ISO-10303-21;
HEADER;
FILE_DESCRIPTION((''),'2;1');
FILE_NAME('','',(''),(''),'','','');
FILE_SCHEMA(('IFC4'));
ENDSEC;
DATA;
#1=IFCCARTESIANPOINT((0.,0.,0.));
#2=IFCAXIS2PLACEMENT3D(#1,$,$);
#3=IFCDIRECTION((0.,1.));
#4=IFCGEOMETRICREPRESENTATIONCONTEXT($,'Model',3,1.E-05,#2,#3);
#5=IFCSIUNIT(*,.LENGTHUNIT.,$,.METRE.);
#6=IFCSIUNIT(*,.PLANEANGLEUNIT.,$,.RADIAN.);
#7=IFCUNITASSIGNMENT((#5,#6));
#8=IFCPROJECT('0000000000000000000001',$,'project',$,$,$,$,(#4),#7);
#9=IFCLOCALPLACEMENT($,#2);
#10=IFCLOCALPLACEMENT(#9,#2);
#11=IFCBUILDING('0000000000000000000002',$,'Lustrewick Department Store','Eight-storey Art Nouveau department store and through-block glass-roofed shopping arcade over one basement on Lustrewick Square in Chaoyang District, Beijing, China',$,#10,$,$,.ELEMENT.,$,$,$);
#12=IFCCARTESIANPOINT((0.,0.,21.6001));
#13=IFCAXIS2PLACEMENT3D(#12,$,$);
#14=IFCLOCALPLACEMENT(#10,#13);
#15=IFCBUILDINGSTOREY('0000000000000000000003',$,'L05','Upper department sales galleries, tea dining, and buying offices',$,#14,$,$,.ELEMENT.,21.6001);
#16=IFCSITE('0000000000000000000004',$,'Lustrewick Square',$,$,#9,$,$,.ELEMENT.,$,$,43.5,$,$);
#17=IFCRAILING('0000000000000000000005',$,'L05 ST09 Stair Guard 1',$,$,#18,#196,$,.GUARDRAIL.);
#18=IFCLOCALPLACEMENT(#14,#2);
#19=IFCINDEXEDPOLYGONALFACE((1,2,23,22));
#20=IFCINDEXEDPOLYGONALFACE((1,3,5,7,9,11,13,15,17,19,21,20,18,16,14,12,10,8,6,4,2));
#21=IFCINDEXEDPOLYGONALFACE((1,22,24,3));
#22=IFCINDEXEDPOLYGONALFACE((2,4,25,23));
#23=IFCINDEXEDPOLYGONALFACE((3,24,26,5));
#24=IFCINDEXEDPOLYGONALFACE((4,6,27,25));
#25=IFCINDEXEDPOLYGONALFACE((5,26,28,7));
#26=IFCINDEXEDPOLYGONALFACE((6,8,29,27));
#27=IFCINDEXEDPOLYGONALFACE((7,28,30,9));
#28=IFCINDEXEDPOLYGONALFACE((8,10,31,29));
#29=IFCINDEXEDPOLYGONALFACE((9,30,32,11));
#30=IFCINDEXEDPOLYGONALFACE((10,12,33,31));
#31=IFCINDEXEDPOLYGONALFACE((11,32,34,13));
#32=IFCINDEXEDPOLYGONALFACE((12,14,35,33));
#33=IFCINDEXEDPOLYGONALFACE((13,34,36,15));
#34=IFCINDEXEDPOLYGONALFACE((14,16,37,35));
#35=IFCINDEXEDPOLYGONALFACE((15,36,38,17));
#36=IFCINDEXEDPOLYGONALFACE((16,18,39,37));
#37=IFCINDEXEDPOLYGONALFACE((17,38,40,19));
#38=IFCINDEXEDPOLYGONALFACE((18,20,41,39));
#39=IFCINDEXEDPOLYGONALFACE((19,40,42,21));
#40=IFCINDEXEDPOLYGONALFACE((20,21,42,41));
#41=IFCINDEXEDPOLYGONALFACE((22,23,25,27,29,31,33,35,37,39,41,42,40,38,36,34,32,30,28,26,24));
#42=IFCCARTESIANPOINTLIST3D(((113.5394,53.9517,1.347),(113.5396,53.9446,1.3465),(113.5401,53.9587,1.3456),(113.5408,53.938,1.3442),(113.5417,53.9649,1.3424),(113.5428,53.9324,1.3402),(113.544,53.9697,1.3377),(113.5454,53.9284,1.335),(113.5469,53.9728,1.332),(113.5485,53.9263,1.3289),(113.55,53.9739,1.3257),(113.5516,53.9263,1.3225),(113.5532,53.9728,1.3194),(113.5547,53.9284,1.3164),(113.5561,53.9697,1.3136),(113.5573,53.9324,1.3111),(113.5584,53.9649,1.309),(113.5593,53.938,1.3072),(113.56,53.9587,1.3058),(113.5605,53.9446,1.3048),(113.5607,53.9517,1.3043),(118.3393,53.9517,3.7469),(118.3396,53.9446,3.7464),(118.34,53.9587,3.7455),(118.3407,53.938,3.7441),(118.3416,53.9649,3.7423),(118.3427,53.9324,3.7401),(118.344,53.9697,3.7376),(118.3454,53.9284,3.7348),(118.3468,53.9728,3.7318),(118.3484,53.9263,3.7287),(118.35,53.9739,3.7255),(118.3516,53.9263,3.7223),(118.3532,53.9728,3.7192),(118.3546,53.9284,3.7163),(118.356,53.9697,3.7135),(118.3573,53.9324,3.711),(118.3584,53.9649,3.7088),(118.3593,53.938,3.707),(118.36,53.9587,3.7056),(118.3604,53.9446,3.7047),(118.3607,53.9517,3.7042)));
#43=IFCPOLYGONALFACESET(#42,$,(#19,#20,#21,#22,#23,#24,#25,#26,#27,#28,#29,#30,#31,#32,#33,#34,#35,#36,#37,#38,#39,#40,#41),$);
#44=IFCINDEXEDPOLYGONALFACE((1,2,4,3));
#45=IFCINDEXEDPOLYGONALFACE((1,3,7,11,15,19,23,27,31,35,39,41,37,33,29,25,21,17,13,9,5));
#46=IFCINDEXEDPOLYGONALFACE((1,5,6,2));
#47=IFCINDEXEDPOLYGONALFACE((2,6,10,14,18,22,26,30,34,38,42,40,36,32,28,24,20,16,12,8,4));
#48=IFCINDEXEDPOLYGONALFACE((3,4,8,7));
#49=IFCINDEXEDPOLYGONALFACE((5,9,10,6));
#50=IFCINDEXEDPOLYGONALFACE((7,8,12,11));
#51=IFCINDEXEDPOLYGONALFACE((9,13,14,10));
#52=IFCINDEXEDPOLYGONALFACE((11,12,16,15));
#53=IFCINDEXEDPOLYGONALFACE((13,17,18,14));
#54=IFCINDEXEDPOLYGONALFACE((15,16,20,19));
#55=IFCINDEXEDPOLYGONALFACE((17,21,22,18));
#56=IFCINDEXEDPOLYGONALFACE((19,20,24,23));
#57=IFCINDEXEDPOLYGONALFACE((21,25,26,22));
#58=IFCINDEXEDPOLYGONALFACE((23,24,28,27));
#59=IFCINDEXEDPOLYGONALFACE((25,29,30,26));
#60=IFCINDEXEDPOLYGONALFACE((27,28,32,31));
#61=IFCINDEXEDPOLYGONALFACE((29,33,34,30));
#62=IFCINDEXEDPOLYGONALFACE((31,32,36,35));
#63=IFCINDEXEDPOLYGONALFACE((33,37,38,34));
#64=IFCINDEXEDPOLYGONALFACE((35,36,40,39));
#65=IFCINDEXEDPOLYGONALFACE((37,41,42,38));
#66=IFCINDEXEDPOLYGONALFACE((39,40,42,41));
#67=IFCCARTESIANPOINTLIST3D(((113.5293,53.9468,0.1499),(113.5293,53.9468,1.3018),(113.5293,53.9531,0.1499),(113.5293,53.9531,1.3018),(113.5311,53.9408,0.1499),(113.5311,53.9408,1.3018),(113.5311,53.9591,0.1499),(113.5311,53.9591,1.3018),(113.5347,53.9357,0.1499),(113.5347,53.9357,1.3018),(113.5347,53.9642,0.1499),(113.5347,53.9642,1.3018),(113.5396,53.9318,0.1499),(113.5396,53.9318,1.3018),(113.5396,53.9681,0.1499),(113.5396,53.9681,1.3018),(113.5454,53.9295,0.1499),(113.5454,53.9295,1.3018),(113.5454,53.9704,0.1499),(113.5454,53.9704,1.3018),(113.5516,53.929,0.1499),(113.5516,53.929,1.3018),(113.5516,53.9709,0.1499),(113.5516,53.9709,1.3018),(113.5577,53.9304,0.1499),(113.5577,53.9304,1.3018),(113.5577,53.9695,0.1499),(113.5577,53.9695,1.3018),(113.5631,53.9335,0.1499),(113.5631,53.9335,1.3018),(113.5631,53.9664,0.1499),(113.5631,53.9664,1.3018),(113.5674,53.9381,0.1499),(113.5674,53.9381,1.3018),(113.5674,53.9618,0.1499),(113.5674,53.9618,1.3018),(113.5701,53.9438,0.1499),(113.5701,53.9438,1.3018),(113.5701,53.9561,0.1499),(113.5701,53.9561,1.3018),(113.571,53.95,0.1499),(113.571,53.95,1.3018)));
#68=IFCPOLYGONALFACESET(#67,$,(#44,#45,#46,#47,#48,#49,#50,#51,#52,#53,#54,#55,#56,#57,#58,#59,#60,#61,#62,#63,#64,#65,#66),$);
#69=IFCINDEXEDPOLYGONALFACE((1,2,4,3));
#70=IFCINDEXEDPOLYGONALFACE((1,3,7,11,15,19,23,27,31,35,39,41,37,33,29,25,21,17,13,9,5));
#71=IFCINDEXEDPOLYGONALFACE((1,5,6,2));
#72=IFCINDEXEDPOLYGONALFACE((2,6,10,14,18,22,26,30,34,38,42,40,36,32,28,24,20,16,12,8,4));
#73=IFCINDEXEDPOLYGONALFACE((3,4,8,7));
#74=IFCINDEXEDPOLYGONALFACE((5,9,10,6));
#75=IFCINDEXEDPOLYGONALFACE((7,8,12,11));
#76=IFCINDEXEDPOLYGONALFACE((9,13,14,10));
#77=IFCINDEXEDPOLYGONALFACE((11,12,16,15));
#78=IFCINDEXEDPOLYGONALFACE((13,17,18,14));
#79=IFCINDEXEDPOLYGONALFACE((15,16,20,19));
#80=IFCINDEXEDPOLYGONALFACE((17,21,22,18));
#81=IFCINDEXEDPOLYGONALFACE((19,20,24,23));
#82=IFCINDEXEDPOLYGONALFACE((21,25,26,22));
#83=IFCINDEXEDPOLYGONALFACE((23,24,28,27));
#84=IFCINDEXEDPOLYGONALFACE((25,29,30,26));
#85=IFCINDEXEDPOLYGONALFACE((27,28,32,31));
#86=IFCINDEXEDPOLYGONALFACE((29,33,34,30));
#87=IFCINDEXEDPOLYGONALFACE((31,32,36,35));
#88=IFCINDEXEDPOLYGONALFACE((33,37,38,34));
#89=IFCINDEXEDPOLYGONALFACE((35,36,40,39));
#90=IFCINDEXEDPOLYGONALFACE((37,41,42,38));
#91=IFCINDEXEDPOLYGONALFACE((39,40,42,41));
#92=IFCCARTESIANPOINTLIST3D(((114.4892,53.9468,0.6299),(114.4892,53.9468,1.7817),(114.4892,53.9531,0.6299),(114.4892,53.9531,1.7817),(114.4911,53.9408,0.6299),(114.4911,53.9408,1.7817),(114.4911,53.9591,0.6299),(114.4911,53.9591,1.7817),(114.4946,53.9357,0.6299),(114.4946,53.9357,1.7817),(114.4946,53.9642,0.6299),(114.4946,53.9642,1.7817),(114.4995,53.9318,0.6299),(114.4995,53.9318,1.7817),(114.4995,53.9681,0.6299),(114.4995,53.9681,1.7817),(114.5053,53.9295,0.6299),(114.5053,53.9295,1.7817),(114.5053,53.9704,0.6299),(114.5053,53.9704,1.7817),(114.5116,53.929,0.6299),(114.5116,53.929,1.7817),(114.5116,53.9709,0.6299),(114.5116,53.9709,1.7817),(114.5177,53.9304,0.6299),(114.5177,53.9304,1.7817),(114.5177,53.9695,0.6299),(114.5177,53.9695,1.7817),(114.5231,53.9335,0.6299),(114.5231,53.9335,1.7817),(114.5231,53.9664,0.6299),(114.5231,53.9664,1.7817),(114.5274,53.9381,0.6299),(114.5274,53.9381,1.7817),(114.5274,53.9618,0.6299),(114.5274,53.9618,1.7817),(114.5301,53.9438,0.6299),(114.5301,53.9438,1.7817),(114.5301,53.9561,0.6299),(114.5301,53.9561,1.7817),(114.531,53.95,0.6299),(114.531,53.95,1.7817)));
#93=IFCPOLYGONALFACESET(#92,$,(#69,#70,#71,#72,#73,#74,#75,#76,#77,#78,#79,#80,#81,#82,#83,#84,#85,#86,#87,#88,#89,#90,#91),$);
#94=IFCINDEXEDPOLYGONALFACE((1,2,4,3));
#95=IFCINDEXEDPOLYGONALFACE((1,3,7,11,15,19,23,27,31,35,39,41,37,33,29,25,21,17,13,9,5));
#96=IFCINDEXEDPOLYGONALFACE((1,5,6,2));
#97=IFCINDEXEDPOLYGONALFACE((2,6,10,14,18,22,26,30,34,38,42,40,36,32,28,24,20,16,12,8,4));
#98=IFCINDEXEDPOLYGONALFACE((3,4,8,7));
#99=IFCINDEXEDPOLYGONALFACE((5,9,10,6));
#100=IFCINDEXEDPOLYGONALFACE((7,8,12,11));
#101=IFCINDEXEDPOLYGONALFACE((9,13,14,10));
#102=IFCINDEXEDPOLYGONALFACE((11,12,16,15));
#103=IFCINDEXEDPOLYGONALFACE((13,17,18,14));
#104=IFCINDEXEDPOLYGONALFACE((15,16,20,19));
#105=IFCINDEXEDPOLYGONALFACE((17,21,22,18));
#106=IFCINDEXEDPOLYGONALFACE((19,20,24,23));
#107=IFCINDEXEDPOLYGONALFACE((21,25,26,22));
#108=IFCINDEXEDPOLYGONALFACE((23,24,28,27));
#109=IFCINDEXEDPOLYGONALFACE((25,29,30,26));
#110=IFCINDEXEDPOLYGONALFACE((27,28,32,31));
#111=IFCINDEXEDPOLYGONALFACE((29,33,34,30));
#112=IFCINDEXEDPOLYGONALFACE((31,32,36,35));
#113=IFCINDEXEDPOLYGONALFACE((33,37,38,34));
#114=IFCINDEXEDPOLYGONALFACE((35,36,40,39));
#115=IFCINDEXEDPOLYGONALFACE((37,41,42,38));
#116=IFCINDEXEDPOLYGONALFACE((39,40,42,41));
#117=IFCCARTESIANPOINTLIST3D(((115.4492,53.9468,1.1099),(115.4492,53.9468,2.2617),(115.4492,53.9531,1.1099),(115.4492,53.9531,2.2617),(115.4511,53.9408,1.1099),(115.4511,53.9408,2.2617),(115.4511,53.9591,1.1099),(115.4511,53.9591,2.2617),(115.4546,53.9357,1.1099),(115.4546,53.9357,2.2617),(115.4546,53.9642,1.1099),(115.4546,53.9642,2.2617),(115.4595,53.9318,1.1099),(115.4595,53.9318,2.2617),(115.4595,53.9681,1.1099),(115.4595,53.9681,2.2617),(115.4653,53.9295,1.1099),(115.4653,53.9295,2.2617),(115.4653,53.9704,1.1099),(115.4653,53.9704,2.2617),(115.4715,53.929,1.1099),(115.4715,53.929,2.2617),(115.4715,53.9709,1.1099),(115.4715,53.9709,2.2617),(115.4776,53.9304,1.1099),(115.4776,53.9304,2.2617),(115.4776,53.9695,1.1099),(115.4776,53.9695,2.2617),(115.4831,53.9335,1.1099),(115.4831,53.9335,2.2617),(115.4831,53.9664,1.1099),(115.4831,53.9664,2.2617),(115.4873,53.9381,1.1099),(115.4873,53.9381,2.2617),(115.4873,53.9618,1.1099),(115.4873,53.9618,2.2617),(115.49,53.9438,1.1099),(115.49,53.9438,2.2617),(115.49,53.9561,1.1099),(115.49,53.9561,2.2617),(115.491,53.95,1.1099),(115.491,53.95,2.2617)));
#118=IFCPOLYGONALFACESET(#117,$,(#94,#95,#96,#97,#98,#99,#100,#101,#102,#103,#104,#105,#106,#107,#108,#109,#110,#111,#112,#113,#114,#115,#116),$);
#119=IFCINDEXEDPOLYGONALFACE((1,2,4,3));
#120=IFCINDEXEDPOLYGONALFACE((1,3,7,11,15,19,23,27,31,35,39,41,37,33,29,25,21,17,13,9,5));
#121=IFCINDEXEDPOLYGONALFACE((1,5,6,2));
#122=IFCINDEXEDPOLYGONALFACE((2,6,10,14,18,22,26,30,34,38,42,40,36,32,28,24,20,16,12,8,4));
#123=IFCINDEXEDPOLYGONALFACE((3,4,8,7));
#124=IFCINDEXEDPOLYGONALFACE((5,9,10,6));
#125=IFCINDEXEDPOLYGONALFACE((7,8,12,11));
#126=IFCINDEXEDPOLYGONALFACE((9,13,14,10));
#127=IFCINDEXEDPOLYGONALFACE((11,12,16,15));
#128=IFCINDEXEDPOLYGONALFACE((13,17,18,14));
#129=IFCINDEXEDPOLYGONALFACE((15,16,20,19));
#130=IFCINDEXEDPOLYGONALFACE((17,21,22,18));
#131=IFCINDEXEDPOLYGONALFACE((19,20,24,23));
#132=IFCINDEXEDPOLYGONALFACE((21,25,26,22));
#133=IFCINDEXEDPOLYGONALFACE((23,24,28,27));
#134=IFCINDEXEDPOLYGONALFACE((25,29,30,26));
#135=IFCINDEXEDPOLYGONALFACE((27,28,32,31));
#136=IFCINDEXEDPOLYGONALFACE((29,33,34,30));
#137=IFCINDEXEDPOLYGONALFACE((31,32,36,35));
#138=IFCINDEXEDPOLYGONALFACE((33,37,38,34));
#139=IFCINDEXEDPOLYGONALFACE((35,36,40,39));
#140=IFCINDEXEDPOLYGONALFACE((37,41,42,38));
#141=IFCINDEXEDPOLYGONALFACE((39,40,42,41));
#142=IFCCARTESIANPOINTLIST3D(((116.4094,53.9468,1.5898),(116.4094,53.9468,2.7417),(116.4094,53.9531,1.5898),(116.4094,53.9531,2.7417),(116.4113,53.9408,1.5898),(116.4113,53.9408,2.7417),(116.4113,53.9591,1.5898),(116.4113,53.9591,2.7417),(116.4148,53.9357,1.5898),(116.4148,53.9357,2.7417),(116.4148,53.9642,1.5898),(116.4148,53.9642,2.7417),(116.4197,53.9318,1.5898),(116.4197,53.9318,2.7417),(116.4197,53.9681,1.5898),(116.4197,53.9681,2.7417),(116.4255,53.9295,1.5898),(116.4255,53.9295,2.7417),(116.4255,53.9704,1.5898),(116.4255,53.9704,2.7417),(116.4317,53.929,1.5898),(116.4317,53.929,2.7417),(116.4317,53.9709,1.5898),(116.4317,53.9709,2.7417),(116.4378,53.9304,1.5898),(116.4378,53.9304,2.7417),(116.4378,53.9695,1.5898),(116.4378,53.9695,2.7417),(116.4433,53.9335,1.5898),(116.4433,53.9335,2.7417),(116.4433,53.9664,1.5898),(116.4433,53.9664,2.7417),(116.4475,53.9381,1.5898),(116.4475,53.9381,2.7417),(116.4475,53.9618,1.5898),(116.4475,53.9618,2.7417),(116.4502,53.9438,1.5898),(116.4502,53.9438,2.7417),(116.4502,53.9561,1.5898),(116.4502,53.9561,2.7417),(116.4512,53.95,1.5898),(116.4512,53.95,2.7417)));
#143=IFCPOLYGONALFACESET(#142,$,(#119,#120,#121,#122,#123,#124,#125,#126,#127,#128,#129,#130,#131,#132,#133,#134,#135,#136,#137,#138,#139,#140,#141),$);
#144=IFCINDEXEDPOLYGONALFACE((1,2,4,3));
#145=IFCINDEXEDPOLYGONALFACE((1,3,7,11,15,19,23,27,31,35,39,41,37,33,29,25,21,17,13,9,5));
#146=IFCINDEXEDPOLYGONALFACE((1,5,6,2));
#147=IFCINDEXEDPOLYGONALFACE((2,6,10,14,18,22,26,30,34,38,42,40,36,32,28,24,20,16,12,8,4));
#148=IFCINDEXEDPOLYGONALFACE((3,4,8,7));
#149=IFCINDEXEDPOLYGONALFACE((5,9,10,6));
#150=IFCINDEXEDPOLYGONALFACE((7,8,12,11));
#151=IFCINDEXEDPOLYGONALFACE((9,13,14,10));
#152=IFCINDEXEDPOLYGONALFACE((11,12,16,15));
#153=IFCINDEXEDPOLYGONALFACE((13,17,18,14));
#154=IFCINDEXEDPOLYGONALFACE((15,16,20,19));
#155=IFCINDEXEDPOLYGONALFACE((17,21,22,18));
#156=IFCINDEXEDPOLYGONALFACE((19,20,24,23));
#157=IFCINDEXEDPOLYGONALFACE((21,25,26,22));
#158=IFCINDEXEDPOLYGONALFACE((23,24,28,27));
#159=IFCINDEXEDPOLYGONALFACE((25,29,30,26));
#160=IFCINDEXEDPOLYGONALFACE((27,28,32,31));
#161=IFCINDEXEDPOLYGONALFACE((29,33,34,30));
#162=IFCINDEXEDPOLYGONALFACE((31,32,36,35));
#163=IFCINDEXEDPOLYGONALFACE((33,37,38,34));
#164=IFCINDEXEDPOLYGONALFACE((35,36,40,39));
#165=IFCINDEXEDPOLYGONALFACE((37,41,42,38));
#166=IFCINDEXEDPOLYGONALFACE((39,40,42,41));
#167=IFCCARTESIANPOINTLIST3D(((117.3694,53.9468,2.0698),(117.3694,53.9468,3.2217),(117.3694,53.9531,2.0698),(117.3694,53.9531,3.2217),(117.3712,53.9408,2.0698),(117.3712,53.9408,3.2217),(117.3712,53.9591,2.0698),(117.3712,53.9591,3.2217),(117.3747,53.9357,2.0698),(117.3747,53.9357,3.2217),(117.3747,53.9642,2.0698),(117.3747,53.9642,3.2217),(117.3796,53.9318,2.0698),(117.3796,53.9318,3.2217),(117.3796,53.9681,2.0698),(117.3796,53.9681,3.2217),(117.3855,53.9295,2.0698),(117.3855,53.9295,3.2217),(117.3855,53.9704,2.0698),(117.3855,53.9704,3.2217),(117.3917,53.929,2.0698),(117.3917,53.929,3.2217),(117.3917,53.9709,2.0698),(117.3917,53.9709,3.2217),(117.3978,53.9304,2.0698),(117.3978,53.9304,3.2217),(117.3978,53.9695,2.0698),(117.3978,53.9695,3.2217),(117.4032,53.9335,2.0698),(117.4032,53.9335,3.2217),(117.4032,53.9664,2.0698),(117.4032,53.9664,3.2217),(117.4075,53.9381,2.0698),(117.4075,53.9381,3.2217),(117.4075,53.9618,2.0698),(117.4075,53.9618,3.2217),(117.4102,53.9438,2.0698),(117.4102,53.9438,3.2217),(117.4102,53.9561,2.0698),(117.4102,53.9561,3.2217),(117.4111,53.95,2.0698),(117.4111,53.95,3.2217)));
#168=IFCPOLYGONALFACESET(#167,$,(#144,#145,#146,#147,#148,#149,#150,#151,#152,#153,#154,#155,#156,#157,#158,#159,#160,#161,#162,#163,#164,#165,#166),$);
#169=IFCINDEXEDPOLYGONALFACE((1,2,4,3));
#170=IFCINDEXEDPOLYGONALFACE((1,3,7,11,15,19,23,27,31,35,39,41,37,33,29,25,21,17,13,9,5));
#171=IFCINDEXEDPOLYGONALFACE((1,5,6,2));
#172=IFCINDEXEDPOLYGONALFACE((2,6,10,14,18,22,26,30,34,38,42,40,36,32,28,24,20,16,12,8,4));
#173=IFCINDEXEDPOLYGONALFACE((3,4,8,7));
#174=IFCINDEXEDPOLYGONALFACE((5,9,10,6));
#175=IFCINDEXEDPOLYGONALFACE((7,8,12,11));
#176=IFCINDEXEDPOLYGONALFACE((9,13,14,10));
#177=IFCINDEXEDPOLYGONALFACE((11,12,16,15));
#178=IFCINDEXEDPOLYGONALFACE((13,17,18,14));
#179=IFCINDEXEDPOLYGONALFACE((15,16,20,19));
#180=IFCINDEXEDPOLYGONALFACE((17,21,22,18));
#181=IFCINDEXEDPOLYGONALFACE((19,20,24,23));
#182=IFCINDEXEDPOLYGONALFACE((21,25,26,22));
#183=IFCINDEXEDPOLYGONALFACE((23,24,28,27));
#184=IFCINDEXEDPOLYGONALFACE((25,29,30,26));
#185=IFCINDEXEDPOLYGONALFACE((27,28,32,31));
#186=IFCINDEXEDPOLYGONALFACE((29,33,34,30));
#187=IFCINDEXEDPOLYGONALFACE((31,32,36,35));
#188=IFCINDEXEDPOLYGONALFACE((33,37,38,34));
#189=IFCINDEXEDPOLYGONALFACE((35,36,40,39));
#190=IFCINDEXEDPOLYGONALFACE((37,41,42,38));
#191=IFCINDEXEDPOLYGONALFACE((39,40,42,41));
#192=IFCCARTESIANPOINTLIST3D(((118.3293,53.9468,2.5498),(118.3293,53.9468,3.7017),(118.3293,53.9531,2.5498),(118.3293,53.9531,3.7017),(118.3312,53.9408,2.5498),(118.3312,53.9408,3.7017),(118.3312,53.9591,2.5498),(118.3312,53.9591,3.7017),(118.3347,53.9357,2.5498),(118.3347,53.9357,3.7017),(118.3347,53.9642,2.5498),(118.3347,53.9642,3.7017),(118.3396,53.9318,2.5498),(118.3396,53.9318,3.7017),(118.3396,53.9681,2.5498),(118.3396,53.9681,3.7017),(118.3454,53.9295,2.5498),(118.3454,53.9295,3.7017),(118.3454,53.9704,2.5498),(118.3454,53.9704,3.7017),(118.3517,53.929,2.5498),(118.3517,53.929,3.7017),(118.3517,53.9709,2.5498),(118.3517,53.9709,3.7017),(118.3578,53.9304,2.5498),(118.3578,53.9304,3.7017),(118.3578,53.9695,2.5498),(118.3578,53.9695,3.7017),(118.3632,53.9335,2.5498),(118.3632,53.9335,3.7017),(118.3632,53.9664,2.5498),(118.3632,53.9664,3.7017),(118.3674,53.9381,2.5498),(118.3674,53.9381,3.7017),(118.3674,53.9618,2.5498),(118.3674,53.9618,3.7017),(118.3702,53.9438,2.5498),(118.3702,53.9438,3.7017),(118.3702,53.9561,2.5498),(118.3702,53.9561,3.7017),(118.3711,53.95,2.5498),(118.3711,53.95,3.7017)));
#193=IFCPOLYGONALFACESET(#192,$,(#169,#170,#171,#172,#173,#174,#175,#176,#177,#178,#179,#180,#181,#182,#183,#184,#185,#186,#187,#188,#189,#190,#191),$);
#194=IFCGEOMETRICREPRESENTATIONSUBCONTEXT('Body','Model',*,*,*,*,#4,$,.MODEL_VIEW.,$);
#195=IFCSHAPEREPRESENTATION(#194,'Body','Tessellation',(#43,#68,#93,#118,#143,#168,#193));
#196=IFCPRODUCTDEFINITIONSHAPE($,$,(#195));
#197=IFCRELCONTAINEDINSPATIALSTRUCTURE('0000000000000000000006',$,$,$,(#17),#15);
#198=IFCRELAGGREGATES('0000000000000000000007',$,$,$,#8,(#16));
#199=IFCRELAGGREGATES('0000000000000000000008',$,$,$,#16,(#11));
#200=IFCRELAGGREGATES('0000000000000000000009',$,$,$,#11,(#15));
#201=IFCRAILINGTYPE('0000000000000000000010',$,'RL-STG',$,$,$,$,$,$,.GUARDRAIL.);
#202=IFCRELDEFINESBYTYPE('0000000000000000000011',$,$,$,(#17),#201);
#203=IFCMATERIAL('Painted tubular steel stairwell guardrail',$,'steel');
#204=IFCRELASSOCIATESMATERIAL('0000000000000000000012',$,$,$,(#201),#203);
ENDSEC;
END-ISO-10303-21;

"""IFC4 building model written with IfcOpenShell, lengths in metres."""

from ifc_helpers import new_model, si_unit, direction, frame, origin, origin_2d, place, context, subcontext, project, spatial, circle, extrude, material, type_object, element, save


model = new_model("IFC4")

# Units and contexts
model_context = context("Model", 3, precision=1e-05, world=origin(), true_north=direction((0.0, 1.0)))
body_context = subcontext(model_context, "Body", "Model", "MODEL_VIEW")
ifc_project = project(units=[si_unit("LENGTHUNIT", "METRE"), si_unit("PLANEANGLEUNIT", "RADIAN")], contexts=[model_context])

# Site, building, storey
site_placement = place(None, origin())
site = spatial("IfcSite", under=ifc_project, at=site_placement, Name="Lustrewick Square", CompositionType="ELEMENT", RefElevation=43.5)
building_placement = place(site_placement, origin())
building = spatial("IfcBuilding", under=site, at=building_placement, Name="Lustrewick Department Store", Description="Eight-storey Art Nouveau department store and through-block glass-roofed shopping arcade over one basement on Lustrewick Square in Chaoyang District, Beijing, China", CompositionType="ELEMENT")
storey_placement = place(building_placement, frame((0.0, 0.0, 21.6001)))
storey = spatial("IfcBuildingStorey", under=building, at=storey_placement, Name="L05", Description="Upper department sales galleries, tea dining, and buying offices", CompositionType="ELEMENT", Elevation=21.6001)

# Railing
ifc_material_1 = material(Name="Painted tubular steel stairwell guardrail", Category="steel")
railing_type_1 = type_object("IfcRailingType", Name="RL-STG", PredefinedType="GUARDRAIL", material=ifc_material_1)
railing_1_placement = place(storey_placement, frame((113.55, 53.95, 0.1499)))
element("IfcRailing", 1, at=railing_1_placement, inside=storey, type_object=railing_type_1, Name="L05 ST09 Stair Guard 1", PredefinedType="GUARDRAIL", context=body_context, shape_type="SweptSolid", body=[
    extrude(circle(Radius=0.0239, at=origin_2d()), frame((0.0, 0.0, 1.1758), z_axis=(0.894436, 0.0, 0.447195), x_axis=(0.0, 1.0, 0.0)), (0.0, 0.0, 1.0), 5.3665),
    extrude(circle(Radius=0.021, at=origin_2d()), origin(), (0.0, 0.0, 1.0), 1.1519),
    extrude(circle(Radius=0.021, at=origin_2d()), frame((0.96, 0.0, 0.48)), (0.0, 0.0, 1.0), 1.1519),
    extrude(circle(Radius=0.021, at=origin_2d()), frame((1.9199, 0.0, 0.96)), (0.0, 0.0, 1.0), 1.1519),
    extrude(circle(Radius=0.021, at=origin_2d()), frame((2.8801, 0.0, 1.4399)), (0.0, 0.0, 1.0), 1.1519),
    extrude(circle(Radius=0.021, at=origin_2d()), frame((3.8401, 0.0, 1.9199)), (0.0, 0.0, 1.0), 1.1519),
    extrude(circle(Radius=0.021, at=origin_2d()), frame((4.8, 0.0, 2.3999)), (0.0, 0.0, 1.0), 1.1519),
])

save(model, "model.ifc")
